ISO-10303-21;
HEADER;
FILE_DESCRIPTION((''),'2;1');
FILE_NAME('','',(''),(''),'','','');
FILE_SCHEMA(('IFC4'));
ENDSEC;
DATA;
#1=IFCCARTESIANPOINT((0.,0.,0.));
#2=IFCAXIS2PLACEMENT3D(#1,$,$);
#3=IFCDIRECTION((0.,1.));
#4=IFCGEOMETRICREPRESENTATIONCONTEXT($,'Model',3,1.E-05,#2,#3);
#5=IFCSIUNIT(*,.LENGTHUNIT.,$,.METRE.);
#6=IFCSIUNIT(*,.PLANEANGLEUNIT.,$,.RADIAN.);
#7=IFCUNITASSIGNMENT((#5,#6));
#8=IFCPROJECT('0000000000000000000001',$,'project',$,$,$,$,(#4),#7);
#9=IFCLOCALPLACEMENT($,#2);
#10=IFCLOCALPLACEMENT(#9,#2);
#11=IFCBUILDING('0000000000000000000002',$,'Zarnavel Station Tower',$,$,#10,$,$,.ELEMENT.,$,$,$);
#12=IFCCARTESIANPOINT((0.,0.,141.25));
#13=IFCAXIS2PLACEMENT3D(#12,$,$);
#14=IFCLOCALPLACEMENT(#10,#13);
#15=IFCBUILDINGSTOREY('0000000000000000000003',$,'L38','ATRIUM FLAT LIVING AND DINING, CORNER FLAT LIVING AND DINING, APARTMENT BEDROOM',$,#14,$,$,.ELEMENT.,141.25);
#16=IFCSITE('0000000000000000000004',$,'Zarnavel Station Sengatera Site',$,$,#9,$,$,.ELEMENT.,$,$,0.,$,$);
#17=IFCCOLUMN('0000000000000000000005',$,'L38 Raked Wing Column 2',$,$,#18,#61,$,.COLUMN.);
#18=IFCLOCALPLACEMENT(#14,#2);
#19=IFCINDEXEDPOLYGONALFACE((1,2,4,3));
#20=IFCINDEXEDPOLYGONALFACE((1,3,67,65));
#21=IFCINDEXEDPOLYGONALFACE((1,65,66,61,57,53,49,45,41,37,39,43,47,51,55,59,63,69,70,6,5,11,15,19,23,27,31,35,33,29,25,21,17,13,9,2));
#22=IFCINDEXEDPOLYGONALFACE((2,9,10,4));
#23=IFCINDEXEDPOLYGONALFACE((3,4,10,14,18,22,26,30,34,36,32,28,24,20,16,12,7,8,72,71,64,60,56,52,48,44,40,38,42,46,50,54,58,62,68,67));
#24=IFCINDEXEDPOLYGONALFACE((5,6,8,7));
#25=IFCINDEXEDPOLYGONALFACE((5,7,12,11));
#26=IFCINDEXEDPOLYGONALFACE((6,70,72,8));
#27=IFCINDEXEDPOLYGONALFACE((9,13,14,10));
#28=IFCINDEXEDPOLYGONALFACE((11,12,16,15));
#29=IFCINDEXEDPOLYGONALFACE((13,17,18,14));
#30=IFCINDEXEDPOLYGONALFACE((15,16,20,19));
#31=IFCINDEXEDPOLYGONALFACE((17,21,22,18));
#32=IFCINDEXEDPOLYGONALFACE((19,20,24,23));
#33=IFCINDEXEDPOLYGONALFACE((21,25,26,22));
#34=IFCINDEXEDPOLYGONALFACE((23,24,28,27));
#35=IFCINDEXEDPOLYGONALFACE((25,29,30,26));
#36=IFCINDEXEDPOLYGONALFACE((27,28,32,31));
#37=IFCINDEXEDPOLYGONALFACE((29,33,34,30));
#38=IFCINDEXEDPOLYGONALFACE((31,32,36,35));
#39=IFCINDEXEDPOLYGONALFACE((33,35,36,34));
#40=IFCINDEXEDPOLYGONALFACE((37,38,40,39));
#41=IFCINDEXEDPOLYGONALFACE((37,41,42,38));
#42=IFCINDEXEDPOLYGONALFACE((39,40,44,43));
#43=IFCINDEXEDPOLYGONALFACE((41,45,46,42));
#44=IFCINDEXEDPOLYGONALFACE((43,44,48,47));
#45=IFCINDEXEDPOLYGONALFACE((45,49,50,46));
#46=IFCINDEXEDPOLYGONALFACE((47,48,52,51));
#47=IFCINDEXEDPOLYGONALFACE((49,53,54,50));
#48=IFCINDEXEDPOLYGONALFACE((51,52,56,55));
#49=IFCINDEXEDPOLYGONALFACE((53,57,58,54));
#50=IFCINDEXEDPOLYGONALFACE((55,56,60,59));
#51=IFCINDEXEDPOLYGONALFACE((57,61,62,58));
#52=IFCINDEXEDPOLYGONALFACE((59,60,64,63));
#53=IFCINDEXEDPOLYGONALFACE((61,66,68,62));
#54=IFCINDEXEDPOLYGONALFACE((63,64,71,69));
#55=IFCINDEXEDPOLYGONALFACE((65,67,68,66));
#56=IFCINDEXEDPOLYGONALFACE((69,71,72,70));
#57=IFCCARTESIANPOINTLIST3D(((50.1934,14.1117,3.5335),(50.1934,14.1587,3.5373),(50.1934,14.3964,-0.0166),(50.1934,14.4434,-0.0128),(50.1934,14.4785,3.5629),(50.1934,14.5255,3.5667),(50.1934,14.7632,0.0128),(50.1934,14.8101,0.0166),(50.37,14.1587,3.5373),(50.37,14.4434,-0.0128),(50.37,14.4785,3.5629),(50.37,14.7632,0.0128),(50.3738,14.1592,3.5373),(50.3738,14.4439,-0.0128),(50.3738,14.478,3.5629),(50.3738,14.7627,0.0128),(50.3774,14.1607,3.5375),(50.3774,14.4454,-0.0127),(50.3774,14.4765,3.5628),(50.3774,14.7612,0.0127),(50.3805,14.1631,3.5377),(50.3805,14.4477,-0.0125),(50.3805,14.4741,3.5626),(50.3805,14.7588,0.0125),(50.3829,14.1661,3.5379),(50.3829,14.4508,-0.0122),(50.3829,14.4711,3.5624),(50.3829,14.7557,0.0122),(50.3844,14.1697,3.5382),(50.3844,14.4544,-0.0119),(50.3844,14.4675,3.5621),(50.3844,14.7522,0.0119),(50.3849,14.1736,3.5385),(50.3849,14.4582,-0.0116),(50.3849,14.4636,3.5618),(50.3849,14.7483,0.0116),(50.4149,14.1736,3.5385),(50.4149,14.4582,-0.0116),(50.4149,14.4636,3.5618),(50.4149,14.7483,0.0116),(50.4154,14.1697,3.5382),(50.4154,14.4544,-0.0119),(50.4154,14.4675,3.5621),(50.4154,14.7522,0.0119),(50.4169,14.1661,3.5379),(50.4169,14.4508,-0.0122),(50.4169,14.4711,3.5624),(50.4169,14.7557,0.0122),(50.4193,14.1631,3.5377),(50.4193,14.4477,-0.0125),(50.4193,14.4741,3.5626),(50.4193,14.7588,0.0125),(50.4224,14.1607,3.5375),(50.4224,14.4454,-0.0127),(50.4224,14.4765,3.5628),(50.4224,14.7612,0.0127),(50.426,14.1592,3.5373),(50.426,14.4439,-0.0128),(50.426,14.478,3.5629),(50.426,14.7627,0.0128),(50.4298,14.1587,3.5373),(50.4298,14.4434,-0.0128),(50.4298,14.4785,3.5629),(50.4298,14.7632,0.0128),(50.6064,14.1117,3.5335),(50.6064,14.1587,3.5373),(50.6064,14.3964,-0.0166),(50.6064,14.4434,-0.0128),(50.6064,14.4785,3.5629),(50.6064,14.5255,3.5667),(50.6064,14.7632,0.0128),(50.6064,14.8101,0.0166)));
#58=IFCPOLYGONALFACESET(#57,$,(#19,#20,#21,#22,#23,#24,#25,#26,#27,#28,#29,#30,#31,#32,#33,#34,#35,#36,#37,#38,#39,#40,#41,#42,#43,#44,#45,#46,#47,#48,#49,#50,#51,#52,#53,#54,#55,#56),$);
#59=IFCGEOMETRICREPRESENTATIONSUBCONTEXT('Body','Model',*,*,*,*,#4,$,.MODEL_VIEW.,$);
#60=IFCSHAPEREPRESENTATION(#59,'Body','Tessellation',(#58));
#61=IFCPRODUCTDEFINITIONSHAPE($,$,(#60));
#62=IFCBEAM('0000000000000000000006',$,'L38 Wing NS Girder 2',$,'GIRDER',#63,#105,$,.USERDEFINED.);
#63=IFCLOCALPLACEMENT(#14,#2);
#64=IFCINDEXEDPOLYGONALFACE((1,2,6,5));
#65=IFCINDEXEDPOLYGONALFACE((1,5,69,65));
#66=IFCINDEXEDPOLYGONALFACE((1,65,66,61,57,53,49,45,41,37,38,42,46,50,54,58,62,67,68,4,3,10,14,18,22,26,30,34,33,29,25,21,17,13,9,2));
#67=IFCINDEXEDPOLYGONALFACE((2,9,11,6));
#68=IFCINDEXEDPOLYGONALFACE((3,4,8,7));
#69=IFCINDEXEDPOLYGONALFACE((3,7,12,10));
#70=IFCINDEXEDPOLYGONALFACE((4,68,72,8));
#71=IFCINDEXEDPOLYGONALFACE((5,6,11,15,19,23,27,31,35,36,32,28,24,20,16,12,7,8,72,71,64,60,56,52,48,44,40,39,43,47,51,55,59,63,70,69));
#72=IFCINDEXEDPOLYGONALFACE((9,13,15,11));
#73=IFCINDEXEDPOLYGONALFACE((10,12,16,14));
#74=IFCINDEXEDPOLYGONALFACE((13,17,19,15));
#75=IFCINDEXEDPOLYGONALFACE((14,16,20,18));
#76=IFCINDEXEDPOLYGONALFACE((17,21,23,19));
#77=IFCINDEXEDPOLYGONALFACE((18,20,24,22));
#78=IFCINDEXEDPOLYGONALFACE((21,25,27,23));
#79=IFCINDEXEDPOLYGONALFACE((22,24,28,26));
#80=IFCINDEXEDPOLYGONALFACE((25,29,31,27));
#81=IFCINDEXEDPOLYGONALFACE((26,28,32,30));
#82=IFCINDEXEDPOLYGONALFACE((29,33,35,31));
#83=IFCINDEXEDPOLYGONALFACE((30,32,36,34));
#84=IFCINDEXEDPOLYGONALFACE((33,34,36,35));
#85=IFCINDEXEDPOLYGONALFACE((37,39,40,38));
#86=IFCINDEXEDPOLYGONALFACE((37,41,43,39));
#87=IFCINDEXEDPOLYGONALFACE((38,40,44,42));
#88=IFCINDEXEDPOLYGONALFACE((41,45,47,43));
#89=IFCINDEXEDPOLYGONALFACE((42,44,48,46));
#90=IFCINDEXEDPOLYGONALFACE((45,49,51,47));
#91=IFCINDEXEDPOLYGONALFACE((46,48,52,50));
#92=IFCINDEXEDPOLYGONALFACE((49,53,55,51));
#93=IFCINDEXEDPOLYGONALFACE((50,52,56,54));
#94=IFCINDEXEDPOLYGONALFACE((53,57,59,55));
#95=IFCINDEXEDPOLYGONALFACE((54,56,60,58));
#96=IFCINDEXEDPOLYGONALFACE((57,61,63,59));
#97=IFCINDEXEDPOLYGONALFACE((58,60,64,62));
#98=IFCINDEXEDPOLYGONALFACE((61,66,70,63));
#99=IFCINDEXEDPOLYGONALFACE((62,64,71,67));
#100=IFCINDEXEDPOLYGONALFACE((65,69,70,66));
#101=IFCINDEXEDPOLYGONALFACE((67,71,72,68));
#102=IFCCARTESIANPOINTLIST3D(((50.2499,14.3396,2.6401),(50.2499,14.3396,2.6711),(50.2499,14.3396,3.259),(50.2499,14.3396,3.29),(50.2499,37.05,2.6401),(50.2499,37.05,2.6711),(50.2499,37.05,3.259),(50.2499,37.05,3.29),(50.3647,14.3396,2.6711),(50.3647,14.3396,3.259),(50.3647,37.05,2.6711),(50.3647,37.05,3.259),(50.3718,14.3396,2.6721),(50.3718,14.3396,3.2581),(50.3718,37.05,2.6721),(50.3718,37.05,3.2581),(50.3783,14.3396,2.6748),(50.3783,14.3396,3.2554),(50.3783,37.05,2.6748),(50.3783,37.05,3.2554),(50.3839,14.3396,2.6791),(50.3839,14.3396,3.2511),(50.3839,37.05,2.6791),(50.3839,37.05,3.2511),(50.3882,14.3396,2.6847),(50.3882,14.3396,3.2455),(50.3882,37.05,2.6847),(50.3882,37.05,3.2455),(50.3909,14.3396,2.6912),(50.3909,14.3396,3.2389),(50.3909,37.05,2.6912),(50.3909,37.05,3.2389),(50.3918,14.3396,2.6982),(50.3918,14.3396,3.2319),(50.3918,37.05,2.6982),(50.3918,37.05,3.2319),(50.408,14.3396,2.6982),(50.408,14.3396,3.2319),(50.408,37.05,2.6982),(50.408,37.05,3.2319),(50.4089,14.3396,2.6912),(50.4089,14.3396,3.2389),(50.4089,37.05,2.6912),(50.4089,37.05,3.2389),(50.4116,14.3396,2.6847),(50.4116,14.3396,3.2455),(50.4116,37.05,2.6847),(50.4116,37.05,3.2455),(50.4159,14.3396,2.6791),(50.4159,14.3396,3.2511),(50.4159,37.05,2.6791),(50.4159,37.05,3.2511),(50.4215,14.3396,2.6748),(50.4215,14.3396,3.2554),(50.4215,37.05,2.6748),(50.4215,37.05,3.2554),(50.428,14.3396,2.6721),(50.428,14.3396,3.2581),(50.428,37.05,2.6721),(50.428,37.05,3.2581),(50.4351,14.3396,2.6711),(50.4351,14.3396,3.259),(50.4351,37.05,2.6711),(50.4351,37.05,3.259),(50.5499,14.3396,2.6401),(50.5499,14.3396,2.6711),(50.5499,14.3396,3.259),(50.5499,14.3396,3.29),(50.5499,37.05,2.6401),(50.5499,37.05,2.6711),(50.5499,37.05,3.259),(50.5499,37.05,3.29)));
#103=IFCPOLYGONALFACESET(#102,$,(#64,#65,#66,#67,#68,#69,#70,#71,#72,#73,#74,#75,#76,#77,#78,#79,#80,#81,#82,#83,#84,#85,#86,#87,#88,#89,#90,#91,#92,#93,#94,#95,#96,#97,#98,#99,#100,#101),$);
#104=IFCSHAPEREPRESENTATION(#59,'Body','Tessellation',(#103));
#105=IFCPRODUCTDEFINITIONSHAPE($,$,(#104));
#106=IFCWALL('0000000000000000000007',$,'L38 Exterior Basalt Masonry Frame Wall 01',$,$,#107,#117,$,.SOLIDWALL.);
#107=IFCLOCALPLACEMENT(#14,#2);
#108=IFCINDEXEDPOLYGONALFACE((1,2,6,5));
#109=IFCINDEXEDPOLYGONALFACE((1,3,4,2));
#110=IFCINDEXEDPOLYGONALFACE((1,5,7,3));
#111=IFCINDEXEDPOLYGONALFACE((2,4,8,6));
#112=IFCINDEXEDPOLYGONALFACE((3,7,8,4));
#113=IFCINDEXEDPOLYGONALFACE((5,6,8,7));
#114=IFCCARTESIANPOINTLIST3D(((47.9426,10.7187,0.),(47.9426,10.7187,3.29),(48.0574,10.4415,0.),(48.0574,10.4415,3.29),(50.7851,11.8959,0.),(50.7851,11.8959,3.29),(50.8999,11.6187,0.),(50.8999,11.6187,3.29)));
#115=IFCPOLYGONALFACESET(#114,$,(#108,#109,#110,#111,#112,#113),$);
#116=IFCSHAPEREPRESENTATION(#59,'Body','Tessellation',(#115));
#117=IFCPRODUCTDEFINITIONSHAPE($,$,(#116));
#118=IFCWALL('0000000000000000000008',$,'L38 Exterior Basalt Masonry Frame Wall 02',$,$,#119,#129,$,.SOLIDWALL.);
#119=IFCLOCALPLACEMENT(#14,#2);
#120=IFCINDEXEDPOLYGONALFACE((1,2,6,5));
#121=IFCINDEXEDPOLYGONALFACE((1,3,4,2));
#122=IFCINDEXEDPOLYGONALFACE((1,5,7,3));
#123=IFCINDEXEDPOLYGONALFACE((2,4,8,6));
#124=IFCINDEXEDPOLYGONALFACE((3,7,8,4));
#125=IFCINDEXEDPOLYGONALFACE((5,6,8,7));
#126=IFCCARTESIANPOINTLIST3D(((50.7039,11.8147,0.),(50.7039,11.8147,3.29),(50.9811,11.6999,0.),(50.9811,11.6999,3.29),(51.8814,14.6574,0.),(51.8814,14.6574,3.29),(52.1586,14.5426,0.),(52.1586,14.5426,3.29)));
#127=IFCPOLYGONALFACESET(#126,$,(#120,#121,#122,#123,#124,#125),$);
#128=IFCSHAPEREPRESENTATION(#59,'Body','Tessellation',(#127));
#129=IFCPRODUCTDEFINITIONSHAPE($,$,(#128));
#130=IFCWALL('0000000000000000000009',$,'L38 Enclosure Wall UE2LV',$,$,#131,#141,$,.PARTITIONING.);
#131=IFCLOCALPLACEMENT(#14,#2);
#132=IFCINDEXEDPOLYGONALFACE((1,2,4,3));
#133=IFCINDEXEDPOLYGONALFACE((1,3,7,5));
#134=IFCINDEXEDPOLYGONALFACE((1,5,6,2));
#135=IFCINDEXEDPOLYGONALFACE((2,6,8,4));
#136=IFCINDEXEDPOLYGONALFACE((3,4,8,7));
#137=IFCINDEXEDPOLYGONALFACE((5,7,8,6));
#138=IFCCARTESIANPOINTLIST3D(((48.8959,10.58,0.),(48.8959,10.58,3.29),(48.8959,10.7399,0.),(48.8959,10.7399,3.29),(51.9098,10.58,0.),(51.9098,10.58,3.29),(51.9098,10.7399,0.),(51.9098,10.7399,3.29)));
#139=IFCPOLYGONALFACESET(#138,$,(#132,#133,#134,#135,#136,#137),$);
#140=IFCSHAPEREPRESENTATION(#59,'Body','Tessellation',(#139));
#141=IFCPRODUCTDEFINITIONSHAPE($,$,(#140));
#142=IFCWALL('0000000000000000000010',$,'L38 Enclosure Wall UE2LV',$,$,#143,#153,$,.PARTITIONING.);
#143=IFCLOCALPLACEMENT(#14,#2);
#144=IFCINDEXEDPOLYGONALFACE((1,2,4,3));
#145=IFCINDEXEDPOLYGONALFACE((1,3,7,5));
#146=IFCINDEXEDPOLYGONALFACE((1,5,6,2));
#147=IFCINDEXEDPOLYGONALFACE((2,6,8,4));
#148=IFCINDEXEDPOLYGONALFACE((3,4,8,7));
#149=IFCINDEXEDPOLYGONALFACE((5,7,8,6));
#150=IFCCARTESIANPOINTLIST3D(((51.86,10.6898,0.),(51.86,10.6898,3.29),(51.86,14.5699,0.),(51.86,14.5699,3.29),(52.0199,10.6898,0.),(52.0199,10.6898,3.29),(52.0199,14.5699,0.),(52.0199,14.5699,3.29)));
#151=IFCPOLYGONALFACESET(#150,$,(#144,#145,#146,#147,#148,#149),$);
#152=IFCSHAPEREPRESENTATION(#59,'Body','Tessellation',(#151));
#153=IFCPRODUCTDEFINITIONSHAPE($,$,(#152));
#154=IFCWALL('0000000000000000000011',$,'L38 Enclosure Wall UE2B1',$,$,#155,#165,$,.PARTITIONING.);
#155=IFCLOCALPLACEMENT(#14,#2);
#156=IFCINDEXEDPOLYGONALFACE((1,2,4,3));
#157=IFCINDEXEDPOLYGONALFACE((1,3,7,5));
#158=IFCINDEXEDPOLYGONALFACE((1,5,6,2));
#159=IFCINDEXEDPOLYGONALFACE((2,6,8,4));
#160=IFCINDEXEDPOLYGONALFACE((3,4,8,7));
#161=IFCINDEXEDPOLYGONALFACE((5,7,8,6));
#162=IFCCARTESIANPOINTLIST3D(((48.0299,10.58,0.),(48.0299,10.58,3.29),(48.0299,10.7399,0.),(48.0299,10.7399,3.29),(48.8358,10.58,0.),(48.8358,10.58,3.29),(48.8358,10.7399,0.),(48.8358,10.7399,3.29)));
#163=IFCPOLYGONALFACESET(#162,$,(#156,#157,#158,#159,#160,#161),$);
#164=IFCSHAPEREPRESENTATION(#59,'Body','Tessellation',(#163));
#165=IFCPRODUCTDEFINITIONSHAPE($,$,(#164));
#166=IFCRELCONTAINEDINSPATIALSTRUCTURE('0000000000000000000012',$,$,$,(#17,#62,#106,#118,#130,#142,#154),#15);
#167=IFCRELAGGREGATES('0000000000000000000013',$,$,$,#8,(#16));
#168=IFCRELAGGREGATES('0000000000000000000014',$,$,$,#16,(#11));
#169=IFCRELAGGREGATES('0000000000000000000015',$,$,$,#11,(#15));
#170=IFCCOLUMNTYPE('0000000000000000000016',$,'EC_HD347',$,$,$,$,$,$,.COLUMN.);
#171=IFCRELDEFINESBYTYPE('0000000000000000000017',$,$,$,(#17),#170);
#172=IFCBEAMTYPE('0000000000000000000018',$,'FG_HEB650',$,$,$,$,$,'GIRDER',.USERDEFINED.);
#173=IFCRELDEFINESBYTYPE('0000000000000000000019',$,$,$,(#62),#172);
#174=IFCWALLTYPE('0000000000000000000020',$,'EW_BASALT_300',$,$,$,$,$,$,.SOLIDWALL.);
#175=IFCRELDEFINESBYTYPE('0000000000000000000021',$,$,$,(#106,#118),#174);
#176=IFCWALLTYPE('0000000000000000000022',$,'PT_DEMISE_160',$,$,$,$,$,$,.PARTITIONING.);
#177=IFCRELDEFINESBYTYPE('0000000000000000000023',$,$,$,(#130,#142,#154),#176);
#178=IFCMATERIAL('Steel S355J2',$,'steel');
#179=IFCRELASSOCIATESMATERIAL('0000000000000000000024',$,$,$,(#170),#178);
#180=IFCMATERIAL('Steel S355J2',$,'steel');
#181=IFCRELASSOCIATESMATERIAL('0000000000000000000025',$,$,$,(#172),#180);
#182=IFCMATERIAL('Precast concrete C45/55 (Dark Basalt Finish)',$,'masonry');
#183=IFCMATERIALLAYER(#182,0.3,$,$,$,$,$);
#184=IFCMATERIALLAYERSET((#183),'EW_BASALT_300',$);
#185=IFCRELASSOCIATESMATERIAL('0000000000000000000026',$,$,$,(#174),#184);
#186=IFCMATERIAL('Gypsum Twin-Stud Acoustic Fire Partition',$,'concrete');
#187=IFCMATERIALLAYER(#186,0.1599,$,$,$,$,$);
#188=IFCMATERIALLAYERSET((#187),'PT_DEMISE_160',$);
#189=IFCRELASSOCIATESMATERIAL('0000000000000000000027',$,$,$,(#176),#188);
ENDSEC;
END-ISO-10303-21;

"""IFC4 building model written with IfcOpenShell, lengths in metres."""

from ifc_helpers import new_model, si_unit, direction, frame, frame_2d, origin, origin_2d, place, context, subcontext, project, spatial, rectangle, i_section, extrude, material, layer, layer_set, material_profile, profile_set, type_object, element, save


model = new_model("IFC4")

# Units and contexts
model_context = context("Model", 3, precision=1e-05, world=origin(), true_north=direction((0.0, 1.0)))
body_context = subcontext(model_context, "Body", "Model", "MODEL_VIEW")
ifc_project = project(units=[si_unit("LENGTHUNIT", "METRE"), si_unit("PLANEANGLEUNIT", "RADIAN")], contexts=[model_context])

# Site, building, storey
site_placement = place(None, origin())
site = spatial("IfcSite", under=ifc_project, at=site_placement, Name="Zarnavel Station Sengatera Site", CompositionType="ELEMENT", RefElevation=0.0)
building_placement = place(site_placement, origin())
building = spatial("IfcBuilding", under=site, at=building_placement, Name="Zarnavel Station Tower", CompositionType="ELEMENT")
storey_placement = place(building_placement, frame((0.0, 0.0, 141.25)))
storey = spatial("IfcBuildingStorey", under=building, at=storey_placement, Name="L38", Description="ATRIUM FLAT LIVING AND DINING, CORNER FLAT LIVING AND DINING, APARTMENT BEDROOM", CompositionType="ELEMENT", Elevation=141.25)

# Column
ifc_material_1 = material(Name="Steel S355J2", Category="steel")
ifc_material_profile_1 = material_profile(ifc_material_1, i_section(OverallWidth=0.4131, OverallDepth=0.415, WebThickness=0.03, FlangeThickness=0.0471, FilletRadius=0.0149, at=origin_2d()), Name="HD400x347")
ifc_profile_set_1 = profile_set([ifc_material_profile_1], Name="Steel S355J2")
column_type = type_object("IfcColumnType", Name="EC_HD347", PredefinedType="COLUMN", material=ifc_profile_set_1)
column_placement = place(storey_placement, frame((50.3999, 14.6033, 0.0), z_axis=(0.0, -0.07993, 0.9968), x_axis=(1.0, 0.0, 0.0)))
element("IfcColumn", 1, at=column_placement, inside=storey, type_object=column_type, Name="L38 Raked Wing Column 2", PredefinedType="COLUMN", context=body_context, shape_type="SweptSolid", body=[
    extrude(i_section(OverallWidth=0.4131, OverallDepth=0.415, WebThickness=0.03, FlangeThickness=0.0471, FilletRadius=0.0149, at=origin_2d()), origin(), (0.0, 0.0, 1.0), 3.5615),
])

# Beam
ifc_material_2 = material(Name="Steel S355J2", Category="steel")
ifc_material_profile_2 = material_profile(ifc_material_2, i_section(OverallWidth=0.3, OverallDepth=0.6499, WebThickness=0.0161, FlangeThickness=0.031, FilletRadius=0.0271, at=origin_2d()), Name="HEB650")
ifc_profile_set_2 = profile_set([ifc_material_profile_2], Name="Steel S355J2")
beam_type = type_object("IfcBeamType", Name="FG_HEB650", ElementType="GIRDER", PredefinedType="USERDEFINED", material=ifc_profile_set_2)
beam_placement = place(storey_placement, frame((50.3999, 14.3396, 2.9651), z_axis=(0.0, 1.0, 0.0), x_axis=(-1.0, 0.0, 0.0)))
element("IfcBeam", 2, at=beam_placement, inside=storey, type_object=beam_type, Name="L38 Wing NS Girder 2", ObjectType="GIRDER", PredefinedType="USERDEFINED", context=body_context, shape_type="SweptSolid", body=[
    extrude(i_section(OverallWidth=0.3, OverallDepth=0.6499, WebThickness=0.0161, FlangeThickness=0.031, FilletRadius=0.0271, at=origin_2d()), origin(), (0.0, 0.0, 1.0), 22.7104),
])

# Walls
ifc_material_3 = material(Name="Precast concrete C45/55 (Dark Basalt Finish)", Category="masonry")
ifc_layer_1 = layer(ifc_material_3, 0.3)
ifc_layer_set_1 = layer_set([ifc_layer_1], Name="EW_BASALT_300")
wall_type_1 = type_object("IfcWallType", Name="EW_BASALT_300", PredefinedType="SOLIDWALL", material=ifc_layer_set_1)
wall_1_placement = place(storey_placement, frame((50.8425, 11.7573, 0.0), z_axis=(0.0, 0.0, 1.0), x_axis=(-0.923899, -0.382637, 0.0)))
element("IfcWall", 3, at=wall_1_placement, inside=storey, type_object=wall_type_1, Name="L38 Exterior Basalt Masonry Frame Wall 01", PredefinedType="SOLIDWALL", context=body_context, shape_type="SweptSolid", body=[
    extrude(rectangle(XDim=3.0767, YDim=0.3, at=frame_2d((1.5383, 0.0))), origin(), (0.0, 0.0, 1.0), 3.29),
])
wall_2_placement = place(storey_placement, frame((52.02, 14.6001, 0.0), z_axis=(0.0, 0.0, 1.0), x_axis=(-0.382676, -0.923882, 0.0)))
element("IfcWall", 4, at=wall_2_placement, inside=storey, type_object=wall_type_1, Name="L38 Exterior Basalt Masonry Frame Wall 02", PredefinedType="SOLIDWALL", context=body_context, shape_type="SweptSolid", body=[
    extrude(rectangle(XDim=3.0769, YDim=0.3, at=frame_2d((1.5386, 0.0))), origin(), (0.0, 0.0, 1.0), 3.29),
])

# Walls
ifc_material_4 = material(Name="Gypsum Twin-Stud Acoustic Fire Partition", Category="concrete")
ifc_layer_2 = layer(ifc_material_4, 0.1599)
ifc_layer_set_2 = layer_set([ifc_layer_2], Name="PT_DEMISE_160")
wall_type_2 = type_object("IfcWallType", Name="PT_DEMISE_160", PredefinedType="PARTITIONING", material=ifc_layer_set_2)
wall_3_placement = place(storey_placement, frame((48.896, 10.6599, 0.0), z_axis=(0.0, 0.0, 1.0), x_axis=(1.0, 0.0, 0.0)))
element("IfcWall", 5, at=wall_3_placement, inside=storey, type_object=wall_type_2, Name="L38 Enclosure Wall UE2LV", PredefinedType="PARTITIONING", context=body_context, shape_type="SweptSolid", body=[
    extrude(rectangle(XDim=3.0139, YDim=0.1599, at=frame_2d((1.5068, 0.0))), origin(), (0.0, 0.0, 1.0), 3.29),
])
wall_4_placement = place(storey_placement, frame((51.9399, 10.6899, 0.0), z_axis=(0.0, 0.0, 1.0), x_axis=(0.0, 1.0, 0.0)))
element("IfcWall", 6, at=wall_4_placement, inside=storey, type_object=wall_type_2, Name="L38 Enclosure Wall UE2LV", PredefinedType="PARTITIONING", context=body_context, shape_type="SweptSolid", body=[
    extrude(rectangle(XDim=3.8801, YDim=0.1599, at=frame_2d((1.9399, 0.0))), origin(), (0.0, 0.0, 1.0), 3.29),
])
wall_5_placement = place(storey_placement, frame((48.03, 10.6599, 0.0), z_axis=(0.0, 0.0, 1.0), x_axis=(1.0, 0.0, 0.0)))
element("IfcWall", 7, at=wall_5_placement, inside=storey, type_object=wall_type_2, Name="L38 Enclosure Wall UE2B1", PredefinedType="PARTITIONING", context=body_context, shape_type="SweptSolid", body=[
    extrude(rectangle(XDim=0.8059, YDim=0.1599, at=frame_2d((0.4028, 0.0))), origin(), (0.0, 0.0, 1.0), 3.29),
])

save(model, "model.ifc")
